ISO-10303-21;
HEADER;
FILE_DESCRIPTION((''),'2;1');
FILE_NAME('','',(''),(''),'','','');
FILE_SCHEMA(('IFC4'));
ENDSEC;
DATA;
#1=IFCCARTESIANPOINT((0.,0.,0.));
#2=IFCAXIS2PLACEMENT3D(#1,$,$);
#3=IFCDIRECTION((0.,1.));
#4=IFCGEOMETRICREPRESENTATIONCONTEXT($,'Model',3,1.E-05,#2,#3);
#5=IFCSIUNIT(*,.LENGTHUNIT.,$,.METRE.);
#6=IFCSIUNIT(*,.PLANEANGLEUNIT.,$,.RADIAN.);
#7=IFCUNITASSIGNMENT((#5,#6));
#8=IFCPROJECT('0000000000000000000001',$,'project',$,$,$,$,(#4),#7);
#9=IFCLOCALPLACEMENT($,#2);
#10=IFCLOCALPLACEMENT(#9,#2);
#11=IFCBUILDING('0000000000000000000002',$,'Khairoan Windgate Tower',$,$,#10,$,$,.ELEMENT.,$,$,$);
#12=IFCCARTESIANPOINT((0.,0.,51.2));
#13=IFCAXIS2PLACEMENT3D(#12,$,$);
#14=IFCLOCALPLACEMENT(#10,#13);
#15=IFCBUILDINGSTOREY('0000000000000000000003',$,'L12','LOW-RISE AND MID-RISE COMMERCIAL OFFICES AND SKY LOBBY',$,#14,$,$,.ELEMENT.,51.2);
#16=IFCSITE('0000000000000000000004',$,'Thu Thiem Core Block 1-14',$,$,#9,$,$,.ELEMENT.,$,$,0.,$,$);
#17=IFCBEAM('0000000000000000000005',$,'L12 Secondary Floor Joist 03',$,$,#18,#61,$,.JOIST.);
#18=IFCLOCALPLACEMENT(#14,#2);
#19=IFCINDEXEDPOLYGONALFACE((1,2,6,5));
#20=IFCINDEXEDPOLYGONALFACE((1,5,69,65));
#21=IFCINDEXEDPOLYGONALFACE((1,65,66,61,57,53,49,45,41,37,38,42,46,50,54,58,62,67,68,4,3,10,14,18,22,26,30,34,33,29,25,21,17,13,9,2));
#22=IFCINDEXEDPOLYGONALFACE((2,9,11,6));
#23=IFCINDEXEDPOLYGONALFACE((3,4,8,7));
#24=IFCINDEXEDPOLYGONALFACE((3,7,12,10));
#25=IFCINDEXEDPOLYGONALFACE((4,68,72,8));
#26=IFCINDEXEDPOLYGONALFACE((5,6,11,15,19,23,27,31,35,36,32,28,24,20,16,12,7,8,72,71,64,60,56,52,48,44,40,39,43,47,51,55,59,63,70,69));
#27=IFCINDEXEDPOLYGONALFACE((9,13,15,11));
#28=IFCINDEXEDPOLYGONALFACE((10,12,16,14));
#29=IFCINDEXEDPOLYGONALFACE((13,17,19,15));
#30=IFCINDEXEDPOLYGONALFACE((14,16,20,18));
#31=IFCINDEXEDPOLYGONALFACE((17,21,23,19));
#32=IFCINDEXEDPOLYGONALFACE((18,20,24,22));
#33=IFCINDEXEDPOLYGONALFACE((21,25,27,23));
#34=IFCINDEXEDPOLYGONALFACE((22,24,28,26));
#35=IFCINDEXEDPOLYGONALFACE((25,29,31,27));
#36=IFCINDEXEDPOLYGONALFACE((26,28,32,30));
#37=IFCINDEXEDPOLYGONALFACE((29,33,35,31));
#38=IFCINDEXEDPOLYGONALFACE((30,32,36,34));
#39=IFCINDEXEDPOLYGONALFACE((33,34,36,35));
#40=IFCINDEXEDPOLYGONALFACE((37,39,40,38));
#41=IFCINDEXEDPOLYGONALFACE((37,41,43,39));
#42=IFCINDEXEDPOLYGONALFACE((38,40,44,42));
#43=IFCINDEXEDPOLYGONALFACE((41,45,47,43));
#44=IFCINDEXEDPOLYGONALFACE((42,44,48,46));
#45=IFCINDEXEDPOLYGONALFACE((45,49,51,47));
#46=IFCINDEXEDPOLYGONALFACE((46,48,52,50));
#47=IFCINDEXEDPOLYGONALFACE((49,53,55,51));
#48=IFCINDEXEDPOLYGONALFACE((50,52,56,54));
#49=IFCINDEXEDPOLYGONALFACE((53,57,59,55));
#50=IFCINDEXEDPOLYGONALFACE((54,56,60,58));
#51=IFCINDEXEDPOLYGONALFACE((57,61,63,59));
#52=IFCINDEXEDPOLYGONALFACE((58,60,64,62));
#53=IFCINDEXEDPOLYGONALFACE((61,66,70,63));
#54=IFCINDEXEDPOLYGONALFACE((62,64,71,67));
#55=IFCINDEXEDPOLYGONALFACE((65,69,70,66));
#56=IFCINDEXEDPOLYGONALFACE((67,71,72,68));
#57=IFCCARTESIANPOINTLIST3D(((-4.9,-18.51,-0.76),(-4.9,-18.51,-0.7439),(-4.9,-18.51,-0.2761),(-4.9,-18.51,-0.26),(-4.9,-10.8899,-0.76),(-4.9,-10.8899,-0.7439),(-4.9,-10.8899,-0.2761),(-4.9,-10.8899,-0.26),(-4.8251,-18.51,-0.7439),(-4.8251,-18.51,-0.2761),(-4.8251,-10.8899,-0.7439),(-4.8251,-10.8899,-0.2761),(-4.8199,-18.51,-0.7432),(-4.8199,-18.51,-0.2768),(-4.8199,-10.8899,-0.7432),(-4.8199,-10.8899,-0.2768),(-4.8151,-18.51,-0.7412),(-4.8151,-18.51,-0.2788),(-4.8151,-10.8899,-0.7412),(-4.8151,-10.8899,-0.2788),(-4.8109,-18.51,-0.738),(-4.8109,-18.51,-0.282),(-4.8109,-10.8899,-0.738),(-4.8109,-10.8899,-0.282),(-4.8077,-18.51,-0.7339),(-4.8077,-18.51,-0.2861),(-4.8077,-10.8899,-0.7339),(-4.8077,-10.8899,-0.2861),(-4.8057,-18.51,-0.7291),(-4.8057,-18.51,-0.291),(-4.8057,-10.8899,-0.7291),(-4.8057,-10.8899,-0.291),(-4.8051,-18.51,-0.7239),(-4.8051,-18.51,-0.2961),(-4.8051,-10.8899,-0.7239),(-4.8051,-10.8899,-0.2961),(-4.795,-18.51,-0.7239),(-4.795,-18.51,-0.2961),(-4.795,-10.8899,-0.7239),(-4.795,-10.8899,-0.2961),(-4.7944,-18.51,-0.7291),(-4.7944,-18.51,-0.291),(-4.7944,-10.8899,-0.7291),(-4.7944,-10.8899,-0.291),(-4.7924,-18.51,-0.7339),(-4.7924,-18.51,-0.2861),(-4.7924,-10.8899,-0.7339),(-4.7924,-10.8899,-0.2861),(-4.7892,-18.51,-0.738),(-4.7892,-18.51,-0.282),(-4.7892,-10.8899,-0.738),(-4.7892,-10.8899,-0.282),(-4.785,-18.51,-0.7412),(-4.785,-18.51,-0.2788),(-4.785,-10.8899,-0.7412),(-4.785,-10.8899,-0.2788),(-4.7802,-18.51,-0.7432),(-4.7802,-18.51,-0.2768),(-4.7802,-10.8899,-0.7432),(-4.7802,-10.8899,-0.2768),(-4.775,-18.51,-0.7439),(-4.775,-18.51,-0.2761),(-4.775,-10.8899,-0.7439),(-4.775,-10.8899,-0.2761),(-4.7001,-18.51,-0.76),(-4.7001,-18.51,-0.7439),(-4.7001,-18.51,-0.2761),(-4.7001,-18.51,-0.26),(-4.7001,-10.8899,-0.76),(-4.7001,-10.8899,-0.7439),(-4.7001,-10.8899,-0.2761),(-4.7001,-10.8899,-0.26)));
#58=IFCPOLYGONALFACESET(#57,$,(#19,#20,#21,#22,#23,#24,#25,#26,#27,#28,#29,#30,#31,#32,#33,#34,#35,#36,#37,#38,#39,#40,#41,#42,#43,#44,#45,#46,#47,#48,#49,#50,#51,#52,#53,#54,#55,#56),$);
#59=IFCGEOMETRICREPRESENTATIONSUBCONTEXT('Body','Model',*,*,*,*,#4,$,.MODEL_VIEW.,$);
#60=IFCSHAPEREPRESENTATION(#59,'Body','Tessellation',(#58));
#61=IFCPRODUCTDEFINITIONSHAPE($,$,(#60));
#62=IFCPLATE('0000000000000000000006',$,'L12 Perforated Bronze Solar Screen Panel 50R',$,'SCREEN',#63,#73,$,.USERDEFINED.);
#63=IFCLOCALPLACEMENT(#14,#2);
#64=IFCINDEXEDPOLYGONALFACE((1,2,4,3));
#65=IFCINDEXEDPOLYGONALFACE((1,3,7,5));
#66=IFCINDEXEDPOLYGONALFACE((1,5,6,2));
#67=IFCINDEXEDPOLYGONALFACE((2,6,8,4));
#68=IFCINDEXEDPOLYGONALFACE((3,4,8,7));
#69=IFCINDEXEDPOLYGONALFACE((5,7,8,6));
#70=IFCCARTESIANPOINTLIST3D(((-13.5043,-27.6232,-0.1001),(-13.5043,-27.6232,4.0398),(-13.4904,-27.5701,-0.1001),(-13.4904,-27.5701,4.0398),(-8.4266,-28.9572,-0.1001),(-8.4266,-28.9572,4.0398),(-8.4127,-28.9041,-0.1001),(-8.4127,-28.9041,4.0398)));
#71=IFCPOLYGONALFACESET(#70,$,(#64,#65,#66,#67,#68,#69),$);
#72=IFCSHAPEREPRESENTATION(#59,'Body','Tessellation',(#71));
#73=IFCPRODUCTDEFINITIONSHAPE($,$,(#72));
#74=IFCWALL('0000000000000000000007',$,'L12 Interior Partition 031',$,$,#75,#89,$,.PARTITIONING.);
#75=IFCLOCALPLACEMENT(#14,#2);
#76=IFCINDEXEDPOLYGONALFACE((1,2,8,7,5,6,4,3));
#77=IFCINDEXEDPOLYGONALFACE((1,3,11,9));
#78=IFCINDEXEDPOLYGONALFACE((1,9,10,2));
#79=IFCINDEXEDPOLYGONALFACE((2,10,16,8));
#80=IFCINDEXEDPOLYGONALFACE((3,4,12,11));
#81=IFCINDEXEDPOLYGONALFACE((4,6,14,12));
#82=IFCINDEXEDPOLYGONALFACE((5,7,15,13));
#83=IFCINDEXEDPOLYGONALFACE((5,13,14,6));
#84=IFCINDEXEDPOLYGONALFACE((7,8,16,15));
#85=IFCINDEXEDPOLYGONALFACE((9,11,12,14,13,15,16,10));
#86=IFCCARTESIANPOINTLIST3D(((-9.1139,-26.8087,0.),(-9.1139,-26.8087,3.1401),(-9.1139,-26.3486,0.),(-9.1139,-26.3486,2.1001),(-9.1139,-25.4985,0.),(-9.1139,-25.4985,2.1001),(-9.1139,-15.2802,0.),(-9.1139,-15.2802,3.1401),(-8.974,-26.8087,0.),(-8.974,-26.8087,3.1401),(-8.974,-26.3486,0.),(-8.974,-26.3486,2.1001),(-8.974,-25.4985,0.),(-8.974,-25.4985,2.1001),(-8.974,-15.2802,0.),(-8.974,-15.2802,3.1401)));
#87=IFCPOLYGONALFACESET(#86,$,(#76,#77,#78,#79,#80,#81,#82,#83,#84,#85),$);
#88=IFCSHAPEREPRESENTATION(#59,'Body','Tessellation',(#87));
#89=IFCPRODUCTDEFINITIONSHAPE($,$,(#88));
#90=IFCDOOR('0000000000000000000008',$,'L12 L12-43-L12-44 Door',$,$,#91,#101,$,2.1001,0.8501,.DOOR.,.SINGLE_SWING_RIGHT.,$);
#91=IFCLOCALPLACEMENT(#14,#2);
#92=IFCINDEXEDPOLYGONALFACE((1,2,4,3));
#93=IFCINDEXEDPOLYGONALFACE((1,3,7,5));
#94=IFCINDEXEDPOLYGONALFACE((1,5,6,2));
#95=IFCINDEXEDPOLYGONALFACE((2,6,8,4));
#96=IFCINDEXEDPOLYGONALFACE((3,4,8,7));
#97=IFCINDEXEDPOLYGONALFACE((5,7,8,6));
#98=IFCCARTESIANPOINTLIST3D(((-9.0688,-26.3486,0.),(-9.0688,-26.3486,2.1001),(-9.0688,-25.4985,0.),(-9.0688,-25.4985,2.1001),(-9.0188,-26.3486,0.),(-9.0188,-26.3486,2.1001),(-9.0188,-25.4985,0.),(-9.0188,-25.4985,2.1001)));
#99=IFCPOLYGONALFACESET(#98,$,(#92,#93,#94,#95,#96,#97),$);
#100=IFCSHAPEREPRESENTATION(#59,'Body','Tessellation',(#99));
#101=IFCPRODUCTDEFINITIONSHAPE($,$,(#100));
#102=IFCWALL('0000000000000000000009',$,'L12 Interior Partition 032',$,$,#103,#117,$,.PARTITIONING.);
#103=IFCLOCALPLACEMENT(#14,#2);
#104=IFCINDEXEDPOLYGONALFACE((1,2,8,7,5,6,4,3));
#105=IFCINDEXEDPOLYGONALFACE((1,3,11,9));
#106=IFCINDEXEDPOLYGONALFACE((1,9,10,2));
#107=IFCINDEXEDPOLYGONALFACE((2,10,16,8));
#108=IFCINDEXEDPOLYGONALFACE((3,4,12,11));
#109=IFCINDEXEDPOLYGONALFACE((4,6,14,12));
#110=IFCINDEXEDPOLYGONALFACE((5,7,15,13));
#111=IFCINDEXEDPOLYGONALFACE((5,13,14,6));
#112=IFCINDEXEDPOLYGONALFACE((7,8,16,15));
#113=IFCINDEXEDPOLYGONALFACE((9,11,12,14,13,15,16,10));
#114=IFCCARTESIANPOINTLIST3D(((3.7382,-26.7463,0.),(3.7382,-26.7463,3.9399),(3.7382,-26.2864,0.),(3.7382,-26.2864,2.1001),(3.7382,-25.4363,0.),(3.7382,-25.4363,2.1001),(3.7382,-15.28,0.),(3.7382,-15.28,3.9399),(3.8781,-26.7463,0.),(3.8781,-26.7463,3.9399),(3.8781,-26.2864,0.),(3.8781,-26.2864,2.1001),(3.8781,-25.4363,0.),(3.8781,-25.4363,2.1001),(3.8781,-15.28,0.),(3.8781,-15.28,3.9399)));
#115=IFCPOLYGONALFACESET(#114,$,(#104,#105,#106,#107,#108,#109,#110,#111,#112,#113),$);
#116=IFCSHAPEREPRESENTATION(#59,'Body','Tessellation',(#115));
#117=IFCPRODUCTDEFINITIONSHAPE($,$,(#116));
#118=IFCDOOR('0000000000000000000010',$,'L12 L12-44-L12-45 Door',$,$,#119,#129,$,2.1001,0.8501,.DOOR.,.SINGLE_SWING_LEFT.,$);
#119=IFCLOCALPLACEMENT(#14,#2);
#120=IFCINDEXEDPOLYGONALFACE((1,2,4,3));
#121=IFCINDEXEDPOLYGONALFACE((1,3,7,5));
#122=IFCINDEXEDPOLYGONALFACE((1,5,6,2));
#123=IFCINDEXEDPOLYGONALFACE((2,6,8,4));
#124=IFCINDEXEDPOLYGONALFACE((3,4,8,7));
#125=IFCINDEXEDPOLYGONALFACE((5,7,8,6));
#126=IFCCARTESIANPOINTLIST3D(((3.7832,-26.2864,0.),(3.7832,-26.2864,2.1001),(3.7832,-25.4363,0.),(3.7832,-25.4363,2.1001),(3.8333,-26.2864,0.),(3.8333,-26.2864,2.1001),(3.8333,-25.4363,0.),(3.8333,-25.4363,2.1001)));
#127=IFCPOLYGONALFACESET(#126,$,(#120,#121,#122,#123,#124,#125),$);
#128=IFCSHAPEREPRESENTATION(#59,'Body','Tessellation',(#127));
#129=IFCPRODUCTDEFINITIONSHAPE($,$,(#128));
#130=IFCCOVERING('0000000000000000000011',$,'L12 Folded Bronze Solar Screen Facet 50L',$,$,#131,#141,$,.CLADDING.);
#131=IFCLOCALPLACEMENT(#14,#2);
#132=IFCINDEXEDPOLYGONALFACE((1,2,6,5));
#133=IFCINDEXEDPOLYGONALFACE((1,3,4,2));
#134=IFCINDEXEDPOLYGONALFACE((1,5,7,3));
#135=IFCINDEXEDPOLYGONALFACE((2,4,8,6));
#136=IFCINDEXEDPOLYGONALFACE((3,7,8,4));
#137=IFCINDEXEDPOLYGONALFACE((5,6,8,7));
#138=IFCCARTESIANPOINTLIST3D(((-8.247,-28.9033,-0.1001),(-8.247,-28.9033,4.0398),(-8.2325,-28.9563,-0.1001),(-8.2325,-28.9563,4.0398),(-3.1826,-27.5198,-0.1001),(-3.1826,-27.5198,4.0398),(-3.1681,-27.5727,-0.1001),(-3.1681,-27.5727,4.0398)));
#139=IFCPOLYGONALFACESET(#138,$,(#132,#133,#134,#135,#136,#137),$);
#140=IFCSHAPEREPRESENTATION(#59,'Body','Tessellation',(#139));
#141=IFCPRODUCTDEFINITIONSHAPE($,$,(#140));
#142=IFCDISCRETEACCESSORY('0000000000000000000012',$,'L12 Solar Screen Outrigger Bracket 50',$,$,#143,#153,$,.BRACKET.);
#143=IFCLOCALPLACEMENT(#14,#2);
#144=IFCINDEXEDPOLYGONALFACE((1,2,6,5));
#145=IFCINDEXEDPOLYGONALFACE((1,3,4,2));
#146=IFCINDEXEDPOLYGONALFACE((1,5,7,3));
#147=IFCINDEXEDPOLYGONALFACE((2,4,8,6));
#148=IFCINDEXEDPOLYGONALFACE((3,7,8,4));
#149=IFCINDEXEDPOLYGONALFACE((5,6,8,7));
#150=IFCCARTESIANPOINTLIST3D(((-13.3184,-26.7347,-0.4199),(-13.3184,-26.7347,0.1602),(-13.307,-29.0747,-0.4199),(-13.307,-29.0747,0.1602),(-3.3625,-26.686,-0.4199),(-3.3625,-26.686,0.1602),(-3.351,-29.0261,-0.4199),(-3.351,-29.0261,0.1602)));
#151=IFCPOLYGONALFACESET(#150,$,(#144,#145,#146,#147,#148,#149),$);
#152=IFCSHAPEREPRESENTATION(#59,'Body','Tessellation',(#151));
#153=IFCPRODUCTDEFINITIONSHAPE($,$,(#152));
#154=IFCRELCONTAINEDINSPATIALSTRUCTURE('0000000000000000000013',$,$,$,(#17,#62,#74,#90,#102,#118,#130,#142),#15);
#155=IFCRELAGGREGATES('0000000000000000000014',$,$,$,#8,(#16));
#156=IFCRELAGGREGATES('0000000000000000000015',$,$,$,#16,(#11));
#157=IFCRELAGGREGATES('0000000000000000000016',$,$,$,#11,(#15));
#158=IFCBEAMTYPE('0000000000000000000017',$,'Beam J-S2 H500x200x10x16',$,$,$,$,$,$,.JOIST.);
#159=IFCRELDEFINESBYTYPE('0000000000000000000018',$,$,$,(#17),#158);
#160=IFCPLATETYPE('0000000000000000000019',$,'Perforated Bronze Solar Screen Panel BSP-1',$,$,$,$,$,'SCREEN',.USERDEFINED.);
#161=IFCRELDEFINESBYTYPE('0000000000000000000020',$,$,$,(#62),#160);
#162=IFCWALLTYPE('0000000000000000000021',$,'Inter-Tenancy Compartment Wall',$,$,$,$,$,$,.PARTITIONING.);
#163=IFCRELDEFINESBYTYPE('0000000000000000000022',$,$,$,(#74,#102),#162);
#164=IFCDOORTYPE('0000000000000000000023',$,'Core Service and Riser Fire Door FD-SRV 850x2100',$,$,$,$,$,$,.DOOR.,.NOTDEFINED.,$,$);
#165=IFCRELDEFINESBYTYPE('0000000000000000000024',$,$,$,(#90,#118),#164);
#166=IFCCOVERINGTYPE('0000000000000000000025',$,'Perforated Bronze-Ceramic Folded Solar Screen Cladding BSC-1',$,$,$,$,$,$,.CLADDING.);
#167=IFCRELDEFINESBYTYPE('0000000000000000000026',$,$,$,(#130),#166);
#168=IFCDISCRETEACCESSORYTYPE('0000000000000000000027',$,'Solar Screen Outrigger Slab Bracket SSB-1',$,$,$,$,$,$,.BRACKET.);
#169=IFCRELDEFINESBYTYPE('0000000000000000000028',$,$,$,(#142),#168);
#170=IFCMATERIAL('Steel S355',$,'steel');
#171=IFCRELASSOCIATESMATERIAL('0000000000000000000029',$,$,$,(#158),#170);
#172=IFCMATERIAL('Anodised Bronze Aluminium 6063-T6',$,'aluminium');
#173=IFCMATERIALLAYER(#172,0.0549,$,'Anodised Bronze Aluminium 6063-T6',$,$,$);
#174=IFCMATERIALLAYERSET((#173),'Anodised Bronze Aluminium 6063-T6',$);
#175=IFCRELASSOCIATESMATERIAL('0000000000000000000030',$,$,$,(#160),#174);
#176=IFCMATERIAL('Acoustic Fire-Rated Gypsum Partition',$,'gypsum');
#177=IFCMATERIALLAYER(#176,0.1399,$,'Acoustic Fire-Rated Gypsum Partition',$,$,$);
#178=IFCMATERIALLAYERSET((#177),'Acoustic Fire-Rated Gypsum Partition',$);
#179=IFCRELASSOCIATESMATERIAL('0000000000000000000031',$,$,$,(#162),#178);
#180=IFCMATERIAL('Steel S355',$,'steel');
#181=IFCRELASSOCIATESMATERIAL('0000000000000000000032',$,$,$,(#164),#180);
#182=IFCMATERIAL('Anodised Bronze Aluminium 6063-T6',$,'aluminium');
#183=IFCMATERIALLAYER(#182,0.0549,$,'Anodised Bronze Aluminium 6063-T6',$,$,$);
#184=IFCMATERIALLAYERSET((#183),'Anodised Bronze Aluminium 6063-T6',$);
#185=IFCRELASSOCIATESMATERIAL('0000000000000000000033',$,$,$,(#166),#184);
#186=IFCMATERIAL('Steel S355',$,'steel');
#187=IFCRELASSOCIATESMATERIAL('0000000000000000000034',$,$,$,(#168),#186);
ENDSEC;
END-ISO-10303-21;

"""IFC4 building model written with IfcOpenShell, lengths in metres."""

from ifc_helpers import new_model, si_unit, direction, frame, frame_2d, origin, origin_2d, place, context, subcontext, project, spatial, rectangle, i_section, extrude, material, layer, layer_set, material_profile, profile_set, type_object, element, fill, save


model = new_model("IFC4")

# Units and contexts
model_context = context("Model", 3, precision=1e-05, world=origin(), true_north=direction((0.0, 1.0)))
body_context = subcontext(model_context, "Body", "Model", "MODEL_VIEW")
ifc_project = project(units=[si_unit("LENGTHUNIT", "METRE"), si_unit("PLANEANGLEUNIT", "RADIAN")], contexts=[model_context])

# Site, building, storey
site_placement = place(None, origin())
site = spatial("IfcSite", under=ifc_project, at=site_placement, Name="Thu Thiem Core Block 1-14", CompositionType="ELEMENT", RefElevation=0.0)
building_placement = place(site_placement, origin())
building = spatial("IfcBuilding", under=site, at=building_placement, Name="Khairoan Windgate Tower", CompositionType="ELEMENT")
storey_placement = place(building_placement, frame((0.0, 0.0, 51.2)))
storey = spatial("IfcBuildingStorey", under=building, at=storey_placement, Name="L12", Description="LOW-RISE AND MID-RISE COMMERCIAL OFFICES AND SKY LOBBY", CompositionType="ELEMENT", Elevation=51.2)

# Beam
ifc_material_1 = material(Name="Steel S355", Category="steel")
ifc_material_profile_1 = material_profile(ifc_material_1, i_section(OverallWidth=0.2, OverallDepth=0.5, WebThickness=0.01, FlangeThickness=0.0161, FilletRadius=0.02, at=origin_2d()))
ifc_profile_set_1 = profile_set([ifc_material_profile_1], Name="Steel S355")
beam_type_1 = type_object("IfcBeamType", Name="Beam J-S2 H500x200x10x16", PredefinedType="JOIST", material=ifc_profile_set_1)
beam_1_placement = place(storey_placement, frame((-4.8, -18.51, -0.51), z_axis=(0.0, 1.0, 0.0), x_axis=(-1.0, 0.0, 0.0)))
element("IfcBeam", 1, at=beam_1_placement, inside=storey, type_object=beam_type_1, Name="L12 Secondary Floor Joist 03", PredefinedType="JOIST", context=body_context, shape_type="SweptSolid", body=[
    extrude(i_section(OverallWidth=0.2, OverallDepth=0.5, WebThickness=0.01, FlangeThickness=0.0161, FilletRadius=0.02, at=origin_2d()), origin(), (0.0, 0.0, 1.0), 7.6201),
])

# Plate
ifc_material_2 = material(Name="Anodised Bronze Aluminium 6063-T6", Category="aluminium")
ifc_layer_1 = layer(ifc_material_2, 0.0549, Name="Anodised Bronze Aluminium 6063-T6")
ifc_layer_set_1 = layer_set([ifc_layer_1], Name="Anodised Bronze Aluminium 6063-T6")
plate_type = type_object("IfcPlateType", Name="Perforated Bronze Solar Screen Panel BSP-1", ElementType="SCREEN", PredefinedType="USERDEFINED", material=ifc_layer_set_1)
plate_placement = place(storey_placement, frame((-10.9585, -28.2637, -0.1001), z_axis=(0.0, 0.0, 1.0), x_axis=(-0.967179, 0.254096, 0.0)))
element("IfcPlate", 2, at=plate_placement, inside=storey, type_object=plate_type, Name="L12 Perforated Bronze Solar Screen Panel 50R", ObjectType="SCREEN", PredefinedType="USERDEFINED", context=body_context, shape_type="SweptSolid", body=[
    extrude(rectangle(XDim=5.25, YDim=0.0549, at=origin_2d()), origin(), (0.0, 0.0, 1.0), 4.1399),
])

# Walls, openings, doors
ifc_material_3 = material(Name="Acoustic Fire-Rated Gypsum Partition", Category="gypsum")
ifc_layer_2 = layer(ifc_material_3, 0.1399, Name="Acoustic Fire-Rated Gypsum Partition")
ifc_layer_set_2 = layer_set([ifc_layer_2], Name="Acoustic Fire-Rated Gypsum Partition")
wall_type = type_object("IfcWallType", Name="Inter-Tenancy Compartment Wall", PredefinedType="PARTITIONING", material=ifc_layer_set_2)
wall_1_placement = place(storey_placement, frame((-9.0439, -26.8086, 0.0), z_axis=(0.0, 0.0, 1.0), x_axis=(0.0, 1.0, 0.0)))
wall_1 = element("IfcWall", 3, at=wall_1_placement, inside=storey, type_object=wall_type, Name="L12 Interior Partition 031", PredefinedType="PARTITIONING", context=body_context, shape_type="SweptSolid", body=[
    extrude(rectangle(XDim=11.5286, YDim=0.1399, at=frame_2d((5.7642, 0.0))), origin(), (0.0, 0.0, 1.0), 3.1401),
])
opening_1_placement = place(wall_1_placement, frame((0.46, 0.0, 0.0)))
opening_1 = element("IfcOpeningElement", 4, at=opening_1_placement, cuts=wall_1, PredefinedType="OPENING", context=body_context, shape_type="SweptSolid", body=[
    extrude(rectangle(XDim=0.8501, YDim=2.1001, at=frame_2d((0.425, 1.05))), frame((0.0, 0.0798, 0.0), z_axis=(0.0, -1.0, 0.0), x_axis=(1.0, 0.0, 0.0)), (0.0, 0.0, 1.0), 0.1599),
])
ifc_material_4 = material(Name="Steel S355", Category="steel")
door_type = type_object("IfcDoorType", Name="Core Service and Riser Fire Door FD-SRV 850x2100", OperationType="NOTDEFINED", PredefinedType="DOOR", material=ifc_material_4)
door_1_placement = place(opening_1_placement, origin())
door_1 = element("IfcDoor", 5, at=door_1_placement, inside=storey, type_object=door_type, Name="L12 L12-43-L12-44 Door", OperationType="SINGLE_SWING_RIGHT", OverallHeight=2.1001, OverallWidth=0.8501, PredefinedType="DOOR", context=body_context, shape_type="SweptSolid", body=[
    extrude(rectangle(XDim=0.8501, YDim=2.1001, at=frame_2d((0.425, 1.05))), frame((0.0, 0.0249, 0.0), z_axis=(0.0, -1.0, 0.0), x_axis=(1.0, 0.0, 0.0)), (0.0, 0.0, 1.0), 0.05),
])
fill(opening_1, door_1)
wall_2_placement = place(storey_placement, frame((3.8081, -26.7463, 0.0), z_axis=(0.0, 0.0, 1.0), x_axis=(0.0, 1.0, 0.0)))
wall_2 = element("IfcWall", 6, at=wall_2_placement, inside=storey, type_object=wall_type, Name="L12 Interior Partition 032", PredefinedType="PARTITIONING", context=body_context, shape_type="SweptSolid", body=[
    extrude(rectangle(XDim=11.4663, YDim=0.1399, at=frame_2d((5.7332, 0.0))), origin(), (0.0, 0.0, 1.0), 3.9399),
])
opening_2_placement = place(wall_2_placement, frame((0.46, 0.0, 0.0)))
opening_2 = element("IfcOpeningElement", 7, at=opening_2_placement, cuts=wall_2, PredefinedType="OPENING", context=body_context, shape_type="SweptSolid", body=[
    extrude(rectangle(XDim=0.8501, YDim=2.1001, at=frame_2d((0.425, 1.05))), frame((0.0, 0.0798, 0.0), z_axis=(0.0, -1.0, 0.0), x_axis=(1.0, 0.0, 0.0)), (0.0, 0.0, 1.0), 0.1599),
])
door_2_placement = place(opening_2_placement, origin())
door_2 = element("IfcDoor", 8, at=door_2_placement, inside=storey, type_object=door_type, Name="L12 L12-44-L12-45 Door", OperationType="SINGLE_SWING_LEFT", OverallHeight=2.1001, OverallWidth=0.8501, PredefinedType="DOOR", context=body_context, shape_type="SweptSolid", body=[
    extrude(rectangle(XDim=0.8501, YDim=2.1001, at=frame_2d((0.425, 1.05))), frame((0.0, 0.0249, 0.0), z_axis=(0.0, -1.0, 0.0), x_axis=(1.0, 0.0, 0.0)), (0.0, 0.0, 1.0), 0.05),
])
fill(opening_2, door_2)

# Covering
ifc_material_5 = material(Name="Anodised Bronze Aluminium 6063-T6", Category="aluminium")
ifc_layer_3 = layer(ifc_material_5, 0.0549, Name="Anodised Bronze Aluminium 6063-T6")
ifc_layer_set_3 = layer_set([ifc_layer_3], Name="Anodised Bronze Aluminium 6063-T6")
covering_type = type_object("IfcCoveringType", Name="Perforated Bronze-Ceramic Folded Solar Screen Cladding BSC-1", PredefinedType="CLADDING", material=ifc_layer_set_3)
covering_placement = place(storey_placement, frame((-5.7075, -28.238, -0.1001), z_axis=(0.0, 0.0, 1.0), x_axis=(-0.964649, -0.263536, 0.0)))
element("IfcCovering", 9, at=covering_placement, inside=storey, type_object=covering_type, Name="L12 Folded Bronze Solar Screen Facet 50L", PredefinedType="CLADDING", context=body_context, shape_type="SweptSolid", body=[
    extrude(rectangle(XDim=5.25, YDim=0.0549, at=origin_2d()), origin(), (0.0, 0.0, 1.0), 4.1399),
])

# Discrete accessory
ifc_material_6 = material(Name="Steel S355", Category="steel")
discrete_accessory_type = type_object("IfcDiscreteAccessoryType", Name="Solar Screen Outrigger Slab Bracket SSB-1", PredefinedType="BRACKET", material=ifc_material_6)
discrete_accessory_placement = place(storey_placement, frame((-8.3347, -27.8804, -0.4199), z_axis=(0.0, 0.0, 1.0), x_axis=(-0.999988, -0.004887, 0.0)))
element("IfcDiscreteAccessory", 10, at=discrete_accessory_placement, inside=storey, type_object=discrete_accessory_type, Name="L12 Solar Screen Outrigger Bracket 50", PredefinedType="BRACKET", context=body_context, shape_type="SweptSolid", body=[
    extrude(rectangle(XDim=9.9561, YDim=2.3401, at=origin_2d()), origin(), (0.0, 0.0, 1.0), 0.5801),
])

save(model, "model.ifc")
